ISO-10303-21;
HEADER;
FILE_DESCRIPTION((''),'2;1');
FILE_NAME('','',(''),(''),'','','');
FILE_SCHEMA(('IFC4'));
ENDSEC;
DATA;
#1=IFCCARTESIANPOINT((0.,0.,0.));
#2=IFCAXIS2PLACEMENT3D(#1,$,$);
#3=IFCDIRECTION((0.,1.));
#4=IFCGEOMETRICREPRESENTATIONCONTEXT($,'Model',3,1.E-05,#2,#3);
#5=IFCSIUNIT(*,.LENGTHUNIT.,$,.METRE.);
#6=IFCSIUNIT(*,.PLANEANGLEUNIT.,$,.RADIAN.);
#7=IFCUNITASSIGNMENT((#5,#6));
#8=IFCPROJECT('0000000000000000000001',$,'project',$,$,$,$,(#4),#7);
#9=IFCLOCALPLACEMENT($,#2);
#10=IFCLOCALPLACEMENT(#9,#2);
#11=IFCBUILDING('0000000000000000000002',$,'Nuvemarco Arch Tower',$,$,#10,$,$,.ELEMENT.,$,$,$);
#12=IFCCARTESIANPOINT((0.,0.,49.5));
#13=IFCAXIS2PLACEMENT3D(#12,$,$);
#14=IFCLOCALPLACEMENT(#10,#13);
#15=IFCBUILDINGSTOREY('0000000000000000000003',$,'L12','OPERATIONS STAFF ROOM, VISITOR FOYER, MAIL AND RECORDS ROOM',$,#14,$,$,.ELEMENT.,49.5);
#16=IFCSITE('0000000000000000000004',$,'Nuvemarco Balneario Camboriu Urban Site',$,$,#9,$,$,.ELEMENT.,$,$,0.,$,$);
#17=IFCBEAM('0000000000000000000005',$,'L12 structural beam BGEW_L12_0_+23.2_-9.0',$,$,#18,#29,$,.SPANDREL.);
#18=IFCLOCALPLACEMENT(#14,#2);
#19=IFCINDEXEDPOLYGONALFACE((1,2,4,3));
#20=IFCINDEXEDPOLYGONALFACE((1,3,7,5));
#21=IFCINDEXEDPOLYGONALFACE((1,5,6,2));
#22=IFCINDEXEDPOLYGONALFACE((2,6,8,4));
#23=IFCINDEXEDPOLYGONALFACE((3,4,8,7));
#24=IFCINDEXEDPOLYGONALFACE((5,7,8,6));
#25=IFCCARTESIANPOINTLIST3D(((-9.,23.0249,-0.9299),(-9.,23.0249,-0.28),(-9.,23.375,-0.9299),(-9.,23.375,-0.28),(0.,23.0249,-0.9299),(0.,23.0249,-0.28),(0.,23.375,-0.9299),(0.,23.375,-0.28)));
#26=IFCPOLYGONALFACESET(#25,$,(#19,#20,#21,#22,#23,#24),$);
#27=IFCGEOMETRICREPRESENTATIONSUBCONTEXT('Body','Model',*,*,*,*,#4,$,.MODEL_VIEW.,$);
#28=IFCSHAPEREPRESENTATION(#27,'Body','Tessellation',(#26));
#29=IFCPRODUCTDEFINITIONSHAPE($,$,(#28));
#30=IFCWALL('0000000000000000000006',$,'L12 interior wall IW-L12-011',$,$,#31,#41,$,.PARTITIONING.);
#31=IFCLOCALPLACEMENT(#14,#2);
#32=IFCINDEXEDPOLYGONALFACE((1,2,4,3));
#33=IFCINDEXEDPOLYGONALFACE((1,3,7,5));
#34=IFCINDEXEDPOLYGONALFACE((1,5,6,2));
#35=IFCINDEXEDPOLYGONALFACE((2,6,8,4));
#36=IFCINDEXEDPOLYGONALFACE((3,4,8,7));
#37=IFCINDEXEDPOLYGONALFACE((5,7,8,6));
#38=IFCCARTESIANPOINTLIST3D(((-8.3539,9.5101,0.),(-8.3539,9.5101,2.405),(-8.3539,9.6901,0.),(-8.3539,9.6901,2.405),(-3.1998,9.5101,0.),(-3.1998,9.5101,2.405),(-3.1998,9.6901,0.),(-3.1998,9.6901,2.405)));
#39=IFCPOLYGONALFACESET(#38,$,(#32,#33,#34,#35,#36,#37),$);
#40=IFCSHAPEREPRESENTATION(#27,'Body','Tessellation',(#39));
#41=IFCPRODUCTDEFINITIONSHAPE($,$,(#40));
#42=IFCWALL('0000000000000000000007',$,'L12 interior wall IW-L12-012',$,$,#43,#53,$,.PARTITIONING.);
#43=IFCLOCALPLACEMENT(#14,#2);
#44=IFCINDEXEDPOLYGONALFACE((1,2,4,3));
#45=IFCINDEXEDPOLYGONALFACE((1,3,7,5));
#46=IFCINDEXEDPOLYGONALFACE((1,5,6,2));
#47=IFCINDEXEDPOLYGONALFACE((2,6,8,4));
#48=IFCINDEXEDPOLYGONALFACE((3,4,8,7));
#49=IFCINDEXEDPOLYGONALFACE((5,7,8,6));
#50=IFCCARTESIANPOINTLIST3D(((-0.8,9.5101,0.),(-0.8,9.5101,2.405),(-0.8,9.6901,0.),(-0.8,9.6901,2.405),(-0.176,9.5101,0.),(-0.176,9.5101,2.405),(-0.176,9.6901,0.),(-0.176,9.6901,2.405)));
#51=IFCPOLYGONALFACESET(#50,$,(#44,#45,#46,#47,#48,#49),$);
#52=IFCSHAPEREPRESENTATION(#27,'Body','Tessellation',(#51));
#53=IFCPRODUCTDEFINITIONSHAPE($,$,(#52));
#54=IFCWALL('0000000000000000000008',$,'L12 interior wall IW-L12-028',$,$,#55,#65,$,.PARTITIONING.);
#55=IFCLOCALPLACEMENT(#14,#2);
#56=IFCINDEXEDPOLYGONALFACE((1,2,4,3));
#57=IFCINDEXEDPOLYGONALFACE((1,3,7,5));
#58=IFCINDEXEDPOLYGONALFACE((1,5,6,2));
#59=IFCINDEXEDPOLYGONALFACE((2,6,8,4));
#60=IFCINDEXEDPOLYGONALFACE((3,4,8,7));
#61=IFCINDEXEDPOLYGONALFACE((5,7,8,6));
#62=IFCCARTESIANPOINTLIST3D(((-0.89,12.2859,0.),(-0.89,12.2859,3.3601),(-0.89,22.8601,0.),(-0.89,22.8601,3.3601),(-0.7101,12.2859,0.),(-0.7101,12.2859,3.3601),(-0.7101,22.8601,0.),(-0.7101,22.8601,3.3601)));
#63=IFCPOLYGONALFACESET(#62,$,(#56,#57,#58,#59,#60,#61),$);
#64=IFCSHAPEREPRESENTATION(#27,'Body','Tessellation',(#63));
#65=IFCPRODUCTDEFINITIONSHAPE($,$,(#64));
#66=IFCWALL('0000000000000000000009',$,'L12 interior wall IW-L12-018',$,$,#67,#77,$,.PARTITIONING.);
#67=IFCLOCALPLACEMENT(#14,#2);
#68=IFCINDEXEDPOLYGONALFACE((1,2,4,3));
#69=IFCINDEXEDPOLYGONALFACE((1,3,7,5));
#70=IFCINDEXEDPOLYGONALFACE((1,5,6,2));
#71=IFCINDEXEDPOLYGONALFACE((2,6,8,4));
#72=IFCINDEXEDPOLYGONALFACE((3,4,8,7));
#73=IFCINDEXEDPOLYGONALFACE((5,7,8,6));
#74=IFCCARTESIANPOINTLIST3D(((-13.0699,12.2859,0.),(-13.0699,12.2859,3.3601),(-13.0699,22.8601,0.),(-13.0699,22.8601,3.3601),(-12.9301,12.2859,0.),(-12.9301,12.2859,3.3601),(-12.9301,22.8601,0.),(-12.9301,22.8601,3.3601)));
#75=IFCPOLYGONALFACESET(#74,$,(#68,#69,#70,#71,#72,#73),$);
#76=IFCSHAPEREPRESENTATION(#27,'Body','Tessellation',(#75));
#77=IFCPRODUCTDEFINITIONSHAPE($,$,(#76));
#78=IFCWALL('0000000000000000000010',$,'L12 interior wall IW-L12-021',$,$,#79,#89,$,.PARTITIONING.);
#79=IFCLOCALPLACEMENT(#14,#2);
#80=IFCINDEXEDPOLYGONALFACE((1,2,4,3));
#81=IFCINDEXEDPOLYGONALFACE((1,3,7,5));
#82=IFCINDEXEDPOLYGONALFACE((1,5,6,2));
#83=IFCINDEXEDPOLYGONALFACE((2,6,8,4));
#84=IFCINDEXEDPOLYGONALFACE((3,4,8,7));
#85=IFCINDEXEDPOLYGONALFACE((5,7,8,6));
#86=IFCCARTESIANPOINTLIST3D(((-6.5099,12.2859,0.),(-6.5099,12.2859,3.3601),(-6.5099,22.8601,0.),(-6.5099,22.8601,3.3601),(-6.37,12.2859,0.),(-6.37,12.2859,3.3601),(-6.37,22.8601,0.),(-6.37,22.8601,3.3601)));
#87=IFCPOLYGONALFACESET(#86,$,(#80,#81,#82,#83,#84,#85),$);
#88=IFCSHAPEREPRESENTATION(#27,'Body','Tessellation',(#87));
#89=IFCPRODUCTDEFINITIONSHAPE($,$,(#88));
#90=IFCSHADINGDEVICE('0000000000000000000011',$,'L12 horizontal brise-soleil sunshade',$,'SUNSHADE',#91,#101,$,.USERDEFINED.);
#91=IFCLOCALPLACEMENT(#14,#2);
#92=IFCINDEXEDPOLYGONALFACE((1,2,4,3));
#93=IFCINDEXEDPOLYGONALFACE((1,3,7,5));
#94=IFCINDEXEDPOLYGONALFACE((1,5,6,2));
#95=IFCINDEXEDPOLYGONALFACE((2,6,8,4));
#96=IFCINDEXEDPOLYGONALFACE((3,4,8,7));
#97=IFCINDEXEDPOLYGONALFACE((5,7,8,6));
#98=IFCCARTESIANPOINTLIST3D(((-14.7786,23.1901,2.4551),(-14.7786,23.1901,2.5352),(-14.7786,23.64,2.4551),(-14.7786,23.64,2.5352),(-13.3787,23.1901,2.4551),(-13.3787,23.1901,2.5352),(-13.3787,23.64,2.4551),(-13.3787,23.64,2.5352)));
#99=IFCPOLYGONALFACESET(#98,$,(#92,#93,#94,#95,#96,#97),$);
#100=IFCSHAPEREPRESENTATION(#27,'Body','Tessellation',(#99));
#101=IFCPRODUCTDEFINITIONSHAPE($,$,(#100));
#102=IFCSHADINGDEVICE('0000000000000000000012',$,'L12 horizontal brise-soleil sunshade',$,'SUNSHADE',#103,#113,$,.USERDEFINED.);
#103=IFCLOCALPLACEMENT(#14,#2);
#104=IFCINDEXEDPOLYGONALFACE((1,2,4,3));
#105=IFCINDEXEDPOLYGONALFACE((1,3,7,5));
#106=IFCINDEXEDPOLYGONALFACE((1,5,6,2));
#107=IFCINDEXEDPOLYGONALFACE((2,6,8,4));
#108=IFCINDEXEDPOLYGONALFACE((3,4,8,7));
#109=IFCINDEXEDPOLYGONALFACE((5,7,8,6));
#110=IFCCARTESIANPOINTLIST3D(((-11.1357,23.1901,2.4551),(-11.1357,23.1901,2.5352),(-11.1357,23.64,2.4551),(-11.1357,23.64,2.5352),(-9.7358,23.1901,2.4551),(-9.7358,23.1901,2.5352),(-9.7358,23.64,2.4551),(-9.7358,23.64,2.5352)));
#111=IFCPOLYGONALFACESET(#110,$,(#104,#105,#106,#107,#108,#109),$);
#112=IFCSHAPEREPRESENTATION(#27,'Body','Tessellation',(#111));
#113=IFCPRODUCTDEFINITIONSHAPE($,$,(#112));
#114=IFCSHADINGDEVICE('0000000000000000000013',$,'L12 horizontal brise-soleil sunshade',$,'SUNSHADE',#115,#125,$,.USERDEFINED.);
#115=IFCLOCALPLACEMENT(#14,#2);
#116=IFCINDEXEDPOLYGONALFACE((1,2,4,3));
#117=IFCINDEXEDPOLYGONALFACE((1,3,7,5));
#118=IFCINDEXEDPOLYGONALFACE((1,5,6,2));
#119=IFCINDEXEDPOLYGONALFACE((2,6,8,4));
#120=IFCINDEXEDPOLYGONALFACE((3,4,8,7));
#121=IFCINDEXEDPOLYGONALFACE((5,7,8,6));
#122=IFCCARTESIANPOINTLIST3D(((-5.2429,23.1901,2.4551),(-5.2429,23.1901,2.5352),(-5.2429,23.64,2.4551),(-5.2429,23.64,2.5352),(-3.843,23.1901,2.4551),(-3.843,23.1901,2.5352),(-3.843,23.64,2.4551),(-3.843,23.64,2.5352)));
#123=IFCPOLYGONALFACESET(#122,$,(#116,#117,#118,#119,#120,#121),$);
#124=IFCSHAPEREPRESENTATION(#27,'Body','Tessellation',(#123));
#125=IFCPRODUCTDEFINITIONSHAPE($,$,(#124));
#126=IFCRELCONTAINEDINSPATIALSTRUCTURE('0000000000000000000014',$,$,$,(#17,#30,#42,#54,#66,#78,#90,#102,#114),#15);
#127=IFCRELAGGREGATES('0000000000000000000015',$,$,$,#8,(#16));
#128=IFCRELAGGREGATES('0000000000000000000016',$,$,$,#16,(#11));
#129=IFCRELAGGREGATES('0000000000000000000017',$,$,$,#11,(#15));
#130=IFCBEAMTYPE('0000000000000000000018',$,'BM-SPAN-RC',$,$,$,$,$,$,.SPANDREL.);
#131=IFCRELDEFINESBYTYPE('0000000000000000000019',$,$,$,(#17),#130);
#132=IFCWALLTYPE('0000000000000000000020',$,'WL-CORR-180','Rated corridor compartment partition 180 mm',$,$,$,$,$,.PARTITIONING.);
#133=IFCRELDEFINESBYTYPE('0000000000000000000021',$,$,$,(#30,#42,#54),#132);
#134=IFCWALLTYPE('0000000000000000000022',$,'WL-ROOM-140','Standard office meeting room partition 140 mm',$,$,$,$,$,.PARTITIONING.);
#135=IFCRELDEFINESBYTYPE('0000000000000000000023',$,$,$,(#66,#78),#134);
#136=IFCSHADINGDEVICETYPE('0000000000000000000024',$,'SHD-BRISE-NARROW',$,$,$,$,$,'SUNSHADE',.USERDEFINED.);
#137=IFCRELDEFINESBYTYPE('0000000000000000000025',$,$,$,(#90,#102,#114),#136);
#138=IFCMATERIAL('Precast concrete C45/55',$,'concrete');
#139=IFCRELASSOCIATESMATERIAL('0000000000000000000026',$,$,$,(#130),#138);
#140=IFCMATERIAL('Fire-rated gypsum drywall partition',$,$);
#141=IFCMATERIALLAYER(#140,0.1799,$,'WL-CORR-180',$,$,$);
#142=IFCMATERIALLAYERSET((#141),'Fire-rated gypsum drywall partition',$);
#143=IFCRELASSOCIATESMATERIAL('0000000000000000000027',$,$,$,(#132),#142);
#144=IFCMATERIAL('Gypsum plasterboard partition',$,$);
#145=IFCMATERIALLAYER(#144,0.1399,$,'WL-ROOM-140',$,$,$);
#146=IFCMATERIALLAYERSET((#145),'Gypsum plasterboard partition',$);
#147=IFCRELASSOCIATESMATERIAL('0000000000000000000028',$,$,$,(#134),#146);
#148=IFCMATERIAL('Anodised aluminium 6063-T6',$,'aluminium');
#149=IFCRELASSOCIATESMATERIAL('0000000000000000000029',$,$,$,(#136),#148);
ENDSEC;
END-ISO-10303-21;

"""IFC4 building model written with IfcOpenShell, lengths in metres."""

from ifc_helpers import new_model, si_unit, direction, frame, frame_2d, origin, origin_2d, place, context, subcontext, project, spatial, rectangle, extrude, source, transform, mapped, material, layer, layer_set, material_profile, profile_set, type_object, type_shapes, element, save


model = new_model("IFC4")

# Units and contexts
model_context = context("Model", 3, precision=1e-05, world=origin(), true_north=direction((0.0, 1.0)))
body_context = subcontext(model_context, "Body", "Model", "MODEL_VIEW")
ifc_project = project(units=[si_unit("LENGTHUNIT", "METRE"), si_unit("PLANEANGLEUNIT", "RADIAN")], contexts=[model_context])

# Site, building, storey
site_placement = place(None, origin())
site = spatial("IfcSite", under=ifc_project, at=site_placement, Name="Nuvemarco Balneario Camboriu Urban Site", CompositionType="ELEMENT", RefElevation=0.0)
building_placement = place(site_placement, origin())
building = spatial("IfcBuilding", under=site, at=building_placement, Name="Nuvemarco Arch Tower", CompositionType="ELEMENT")
storey_placement = place(building_placement, frame((0.0, 0.0, 49.5)))
storey = spatial("IfcBuildingStorey", under=building, at=storey_placement, Name="L12", Description="OPERATIONS STAFF ROOM, VISITOR FOYER, MAIL AND RECORDS ROOM", CompositionType="ELEMENT", Elevation=49.5)

# Beam
ifc_material_1 = material(Name="Precast concrete C45/55", Category="concrete")
ifc_material_profile_1 = material_profile(ifc_material_1, rectangle(XDim=0.3501, YDim=0.6499, at=origin_2d()), Name="PC-SP-350x650")
ifc_profile_set_1 = profile_set([ifc_material_profile_1], Name="Precast concrete C45/55")
beam_type_1 = type_object("IfcBeamType", Name="BM-SPAN-RC", PredefinedType="SPANDREL", material=ifc_profile_set_1)
beam_1_placement = place(storey_placement, frame((-9.0, 23.2, -0.605), z_axis=(1.0, 0.0, 0.0), x_axis=(0.0, 1.0, 0.0)))
element("IfcBeam", 1, at=beam_1_placement, inside=storey, type_object=beam_type_1, Name="L12 structural beam BGEW_L12_0_+23.2_-9.0", PredefinedType="SPANDREL", context=body_context, shape_type="SweptSolid", body=[
    extrude(rectangle(XDim=0.3501, YDim=0.6499, at=origin_2d()), origin(), (0.0, 0.0, 1.0), 9.0),
])

# Walls
ifc_material_2 = material(Name="Fire-rated gypsum drywall partition")
ifc_layer_1 = layer(ifc_material_2, 0.1799, Name="WL-CORR-180")
ifc_layer_set_1 = layer_set([ifc_layer_1], Name="Fire-rated gypsum drywall partition")
wall_type_1 = type_object("IfcWallType", Name="WL-CORR-180", Description="Rated corridor compartment partition 180 mm", PredefinedType="PARTITIONING", material=ifc_layer_set_1)
wall_1_placement = place(storey_placement, frame((-8.354, 9.6001, 0.0), z_axis=(0.0, 0.0, 1.0), x_axis=(1.0, 0.0, 0.0)))
element("IfcWall", 2, at=wall_1_placement, inside=storey, type_object=wall_type_1, Name="L12 interior wall IW-L12-011", PredefinedType="PARTITIONING", context=body_context, shape_type="SweptSolid", body=[
    extrude(rectangle(XDim=5.1541, YDim=0.1799, at=frame_2d((2.5771, 0.0))), origin(), (0.0, 0.0, 1.0), 2.405),
])
wall_2_placement = place(storey_placement, frame((-0.8, 9.6001, 0.0), z_axis=(0.0, 0.0, 1.0), x_axis=(1.0, 0.0, 0.0)))
element("IfcWall", 3, at=wall_2_placement, inside=storey, type_object=wall_type_1, Name="L12 interior wall IW-L12-012", PredefinedType="PARTITIONING", context=body_context, shape_type="SweptSolid", body=[
    extrude(rectangle(XDim=0.624, YDim=0.1799, at=frame_2d((0.312, 0.0))), origin(), (0.0, 0.0, 1.0), 2.405),
])
wall_3_placement = place(storey_placement, frame((-0.8, 12.2859, 0.0), z_axis=(0.0, 0.0, 1.0), x_axis=(0.0, 1.0, 0.0)))
element("IfcWall", 4, at=wall_3_placement, inside=storey, type_object=wall_type_1, Name="L12 interior wall IW-L12-028", PredefinedType="PARTITIONING", context=body_context, shape_type="SweptSolid", body=[
    extrude(rectangle(XDim=10.5742, YDim=0.1799, at=frame_2d((5.2871, 0.0))), origin(), (0.0, 0.0, 1.0), 3.3601),
])
ifc_material_3 = material(Name="Gypsum plasterboard partition")
ifc_layer_2 = layer(ifc_material_3, 0.1399, Name="WL-ROOM-140")
ifc_layer_set_2 = layer_set([ifc_layer_2], Name="Gypsum plasterboard partition")
wall_type_2 = type_object("IfcWallType", Name="WL-ROOM-140", Description="Standard office meeting room partition 140 mm", PredefinedType="PARTITIONING", material=ifc_layer_set_2)
for number, where, z_axis, x_axis, name in (
    (5, (-13.0, 12.2859, 0.0), (0.0, 0.0, 1.0), (0.0, 1.0, 0.0), "L12 interior wall IW-L12-018"),
    (6, (-6.4399, 12.2859, 0.0), (0.0, 0.0, 1.0), (0.0, 1.0, 0.0), "L12 interior wall IW-L12-021"),
):
    element("IfcWall", number, at=place(storey_placement, frame(where, z_axis=z_axis, x_axis=x_axis)), inside=storey, type_object=wall_type_2, Name=name, PredefinedType="PARTITIONING", context=body_context, shape_type="SweptSolid", body=[
        extrude(rectangle(XDim=10.5742, YDim=0.1399, at=frame_2d((5.2871, 0.0))), origin(), (0.0, 0.0, 1.0), 3.3601),
    ])

# Shading devices
ifc_material_4 = material(Name="Anodised aluminium 6063-T6", Category="aluminium")
shading_device_type = type_object("IfcShadingDeviceType", Name="SHD-BRISE-NARROW", ElementType="SUNSHADE", PredefinedType="USERDEFINED", material=ifc_material_4)
shared_shape = source(origin(), body_context, "Body", "SweptSolid", [
    extrude(rectangle(XDim=1.3999, YDim=0.45, at=origin_2d()), origin(), (0.0, 0.0, 1.0), 0.0801),
])
type_shapes(shading_device_type, [shared_shape])
for number, where, z_axis, x_axis, name in (
    (7, (-14.0786, 23.415, 2.4551), (0.0, 0.0, 1.0), (1.0, 0.0, 0.0), "L12 horizontal brise-soleil sunshade"),
    (8, (-10.4358, 23.415, 2.4551), (0.0, 0.0, 1.0), (1.0, 0.0, 0.0), "L12 horizontal brise-soleil sunshade"),
    (9, (-4.543, 23.415, 2.4551), (0.0, 0.0, 1.0), (1.0, 0.0, 0.0), "L12 horizontal brise-soleil sunshade"),
):
    element("IfcShadingDevice", number, at=place(storey_placement, frame(where, z_axis=z_axis, x_axis=x_axis)), inside=storey, type_object=shading_device_type, Name=name, ObjectType="SUNSHADE", PredefinedType="USERDEFINED", context=body_context, shape_type="MappedRepresentation", body=[
        mapped(shared_shape, transform((0.0, 0.0, 0.0), scale=1.0)),
    ])

save(model, "model.ifc")
